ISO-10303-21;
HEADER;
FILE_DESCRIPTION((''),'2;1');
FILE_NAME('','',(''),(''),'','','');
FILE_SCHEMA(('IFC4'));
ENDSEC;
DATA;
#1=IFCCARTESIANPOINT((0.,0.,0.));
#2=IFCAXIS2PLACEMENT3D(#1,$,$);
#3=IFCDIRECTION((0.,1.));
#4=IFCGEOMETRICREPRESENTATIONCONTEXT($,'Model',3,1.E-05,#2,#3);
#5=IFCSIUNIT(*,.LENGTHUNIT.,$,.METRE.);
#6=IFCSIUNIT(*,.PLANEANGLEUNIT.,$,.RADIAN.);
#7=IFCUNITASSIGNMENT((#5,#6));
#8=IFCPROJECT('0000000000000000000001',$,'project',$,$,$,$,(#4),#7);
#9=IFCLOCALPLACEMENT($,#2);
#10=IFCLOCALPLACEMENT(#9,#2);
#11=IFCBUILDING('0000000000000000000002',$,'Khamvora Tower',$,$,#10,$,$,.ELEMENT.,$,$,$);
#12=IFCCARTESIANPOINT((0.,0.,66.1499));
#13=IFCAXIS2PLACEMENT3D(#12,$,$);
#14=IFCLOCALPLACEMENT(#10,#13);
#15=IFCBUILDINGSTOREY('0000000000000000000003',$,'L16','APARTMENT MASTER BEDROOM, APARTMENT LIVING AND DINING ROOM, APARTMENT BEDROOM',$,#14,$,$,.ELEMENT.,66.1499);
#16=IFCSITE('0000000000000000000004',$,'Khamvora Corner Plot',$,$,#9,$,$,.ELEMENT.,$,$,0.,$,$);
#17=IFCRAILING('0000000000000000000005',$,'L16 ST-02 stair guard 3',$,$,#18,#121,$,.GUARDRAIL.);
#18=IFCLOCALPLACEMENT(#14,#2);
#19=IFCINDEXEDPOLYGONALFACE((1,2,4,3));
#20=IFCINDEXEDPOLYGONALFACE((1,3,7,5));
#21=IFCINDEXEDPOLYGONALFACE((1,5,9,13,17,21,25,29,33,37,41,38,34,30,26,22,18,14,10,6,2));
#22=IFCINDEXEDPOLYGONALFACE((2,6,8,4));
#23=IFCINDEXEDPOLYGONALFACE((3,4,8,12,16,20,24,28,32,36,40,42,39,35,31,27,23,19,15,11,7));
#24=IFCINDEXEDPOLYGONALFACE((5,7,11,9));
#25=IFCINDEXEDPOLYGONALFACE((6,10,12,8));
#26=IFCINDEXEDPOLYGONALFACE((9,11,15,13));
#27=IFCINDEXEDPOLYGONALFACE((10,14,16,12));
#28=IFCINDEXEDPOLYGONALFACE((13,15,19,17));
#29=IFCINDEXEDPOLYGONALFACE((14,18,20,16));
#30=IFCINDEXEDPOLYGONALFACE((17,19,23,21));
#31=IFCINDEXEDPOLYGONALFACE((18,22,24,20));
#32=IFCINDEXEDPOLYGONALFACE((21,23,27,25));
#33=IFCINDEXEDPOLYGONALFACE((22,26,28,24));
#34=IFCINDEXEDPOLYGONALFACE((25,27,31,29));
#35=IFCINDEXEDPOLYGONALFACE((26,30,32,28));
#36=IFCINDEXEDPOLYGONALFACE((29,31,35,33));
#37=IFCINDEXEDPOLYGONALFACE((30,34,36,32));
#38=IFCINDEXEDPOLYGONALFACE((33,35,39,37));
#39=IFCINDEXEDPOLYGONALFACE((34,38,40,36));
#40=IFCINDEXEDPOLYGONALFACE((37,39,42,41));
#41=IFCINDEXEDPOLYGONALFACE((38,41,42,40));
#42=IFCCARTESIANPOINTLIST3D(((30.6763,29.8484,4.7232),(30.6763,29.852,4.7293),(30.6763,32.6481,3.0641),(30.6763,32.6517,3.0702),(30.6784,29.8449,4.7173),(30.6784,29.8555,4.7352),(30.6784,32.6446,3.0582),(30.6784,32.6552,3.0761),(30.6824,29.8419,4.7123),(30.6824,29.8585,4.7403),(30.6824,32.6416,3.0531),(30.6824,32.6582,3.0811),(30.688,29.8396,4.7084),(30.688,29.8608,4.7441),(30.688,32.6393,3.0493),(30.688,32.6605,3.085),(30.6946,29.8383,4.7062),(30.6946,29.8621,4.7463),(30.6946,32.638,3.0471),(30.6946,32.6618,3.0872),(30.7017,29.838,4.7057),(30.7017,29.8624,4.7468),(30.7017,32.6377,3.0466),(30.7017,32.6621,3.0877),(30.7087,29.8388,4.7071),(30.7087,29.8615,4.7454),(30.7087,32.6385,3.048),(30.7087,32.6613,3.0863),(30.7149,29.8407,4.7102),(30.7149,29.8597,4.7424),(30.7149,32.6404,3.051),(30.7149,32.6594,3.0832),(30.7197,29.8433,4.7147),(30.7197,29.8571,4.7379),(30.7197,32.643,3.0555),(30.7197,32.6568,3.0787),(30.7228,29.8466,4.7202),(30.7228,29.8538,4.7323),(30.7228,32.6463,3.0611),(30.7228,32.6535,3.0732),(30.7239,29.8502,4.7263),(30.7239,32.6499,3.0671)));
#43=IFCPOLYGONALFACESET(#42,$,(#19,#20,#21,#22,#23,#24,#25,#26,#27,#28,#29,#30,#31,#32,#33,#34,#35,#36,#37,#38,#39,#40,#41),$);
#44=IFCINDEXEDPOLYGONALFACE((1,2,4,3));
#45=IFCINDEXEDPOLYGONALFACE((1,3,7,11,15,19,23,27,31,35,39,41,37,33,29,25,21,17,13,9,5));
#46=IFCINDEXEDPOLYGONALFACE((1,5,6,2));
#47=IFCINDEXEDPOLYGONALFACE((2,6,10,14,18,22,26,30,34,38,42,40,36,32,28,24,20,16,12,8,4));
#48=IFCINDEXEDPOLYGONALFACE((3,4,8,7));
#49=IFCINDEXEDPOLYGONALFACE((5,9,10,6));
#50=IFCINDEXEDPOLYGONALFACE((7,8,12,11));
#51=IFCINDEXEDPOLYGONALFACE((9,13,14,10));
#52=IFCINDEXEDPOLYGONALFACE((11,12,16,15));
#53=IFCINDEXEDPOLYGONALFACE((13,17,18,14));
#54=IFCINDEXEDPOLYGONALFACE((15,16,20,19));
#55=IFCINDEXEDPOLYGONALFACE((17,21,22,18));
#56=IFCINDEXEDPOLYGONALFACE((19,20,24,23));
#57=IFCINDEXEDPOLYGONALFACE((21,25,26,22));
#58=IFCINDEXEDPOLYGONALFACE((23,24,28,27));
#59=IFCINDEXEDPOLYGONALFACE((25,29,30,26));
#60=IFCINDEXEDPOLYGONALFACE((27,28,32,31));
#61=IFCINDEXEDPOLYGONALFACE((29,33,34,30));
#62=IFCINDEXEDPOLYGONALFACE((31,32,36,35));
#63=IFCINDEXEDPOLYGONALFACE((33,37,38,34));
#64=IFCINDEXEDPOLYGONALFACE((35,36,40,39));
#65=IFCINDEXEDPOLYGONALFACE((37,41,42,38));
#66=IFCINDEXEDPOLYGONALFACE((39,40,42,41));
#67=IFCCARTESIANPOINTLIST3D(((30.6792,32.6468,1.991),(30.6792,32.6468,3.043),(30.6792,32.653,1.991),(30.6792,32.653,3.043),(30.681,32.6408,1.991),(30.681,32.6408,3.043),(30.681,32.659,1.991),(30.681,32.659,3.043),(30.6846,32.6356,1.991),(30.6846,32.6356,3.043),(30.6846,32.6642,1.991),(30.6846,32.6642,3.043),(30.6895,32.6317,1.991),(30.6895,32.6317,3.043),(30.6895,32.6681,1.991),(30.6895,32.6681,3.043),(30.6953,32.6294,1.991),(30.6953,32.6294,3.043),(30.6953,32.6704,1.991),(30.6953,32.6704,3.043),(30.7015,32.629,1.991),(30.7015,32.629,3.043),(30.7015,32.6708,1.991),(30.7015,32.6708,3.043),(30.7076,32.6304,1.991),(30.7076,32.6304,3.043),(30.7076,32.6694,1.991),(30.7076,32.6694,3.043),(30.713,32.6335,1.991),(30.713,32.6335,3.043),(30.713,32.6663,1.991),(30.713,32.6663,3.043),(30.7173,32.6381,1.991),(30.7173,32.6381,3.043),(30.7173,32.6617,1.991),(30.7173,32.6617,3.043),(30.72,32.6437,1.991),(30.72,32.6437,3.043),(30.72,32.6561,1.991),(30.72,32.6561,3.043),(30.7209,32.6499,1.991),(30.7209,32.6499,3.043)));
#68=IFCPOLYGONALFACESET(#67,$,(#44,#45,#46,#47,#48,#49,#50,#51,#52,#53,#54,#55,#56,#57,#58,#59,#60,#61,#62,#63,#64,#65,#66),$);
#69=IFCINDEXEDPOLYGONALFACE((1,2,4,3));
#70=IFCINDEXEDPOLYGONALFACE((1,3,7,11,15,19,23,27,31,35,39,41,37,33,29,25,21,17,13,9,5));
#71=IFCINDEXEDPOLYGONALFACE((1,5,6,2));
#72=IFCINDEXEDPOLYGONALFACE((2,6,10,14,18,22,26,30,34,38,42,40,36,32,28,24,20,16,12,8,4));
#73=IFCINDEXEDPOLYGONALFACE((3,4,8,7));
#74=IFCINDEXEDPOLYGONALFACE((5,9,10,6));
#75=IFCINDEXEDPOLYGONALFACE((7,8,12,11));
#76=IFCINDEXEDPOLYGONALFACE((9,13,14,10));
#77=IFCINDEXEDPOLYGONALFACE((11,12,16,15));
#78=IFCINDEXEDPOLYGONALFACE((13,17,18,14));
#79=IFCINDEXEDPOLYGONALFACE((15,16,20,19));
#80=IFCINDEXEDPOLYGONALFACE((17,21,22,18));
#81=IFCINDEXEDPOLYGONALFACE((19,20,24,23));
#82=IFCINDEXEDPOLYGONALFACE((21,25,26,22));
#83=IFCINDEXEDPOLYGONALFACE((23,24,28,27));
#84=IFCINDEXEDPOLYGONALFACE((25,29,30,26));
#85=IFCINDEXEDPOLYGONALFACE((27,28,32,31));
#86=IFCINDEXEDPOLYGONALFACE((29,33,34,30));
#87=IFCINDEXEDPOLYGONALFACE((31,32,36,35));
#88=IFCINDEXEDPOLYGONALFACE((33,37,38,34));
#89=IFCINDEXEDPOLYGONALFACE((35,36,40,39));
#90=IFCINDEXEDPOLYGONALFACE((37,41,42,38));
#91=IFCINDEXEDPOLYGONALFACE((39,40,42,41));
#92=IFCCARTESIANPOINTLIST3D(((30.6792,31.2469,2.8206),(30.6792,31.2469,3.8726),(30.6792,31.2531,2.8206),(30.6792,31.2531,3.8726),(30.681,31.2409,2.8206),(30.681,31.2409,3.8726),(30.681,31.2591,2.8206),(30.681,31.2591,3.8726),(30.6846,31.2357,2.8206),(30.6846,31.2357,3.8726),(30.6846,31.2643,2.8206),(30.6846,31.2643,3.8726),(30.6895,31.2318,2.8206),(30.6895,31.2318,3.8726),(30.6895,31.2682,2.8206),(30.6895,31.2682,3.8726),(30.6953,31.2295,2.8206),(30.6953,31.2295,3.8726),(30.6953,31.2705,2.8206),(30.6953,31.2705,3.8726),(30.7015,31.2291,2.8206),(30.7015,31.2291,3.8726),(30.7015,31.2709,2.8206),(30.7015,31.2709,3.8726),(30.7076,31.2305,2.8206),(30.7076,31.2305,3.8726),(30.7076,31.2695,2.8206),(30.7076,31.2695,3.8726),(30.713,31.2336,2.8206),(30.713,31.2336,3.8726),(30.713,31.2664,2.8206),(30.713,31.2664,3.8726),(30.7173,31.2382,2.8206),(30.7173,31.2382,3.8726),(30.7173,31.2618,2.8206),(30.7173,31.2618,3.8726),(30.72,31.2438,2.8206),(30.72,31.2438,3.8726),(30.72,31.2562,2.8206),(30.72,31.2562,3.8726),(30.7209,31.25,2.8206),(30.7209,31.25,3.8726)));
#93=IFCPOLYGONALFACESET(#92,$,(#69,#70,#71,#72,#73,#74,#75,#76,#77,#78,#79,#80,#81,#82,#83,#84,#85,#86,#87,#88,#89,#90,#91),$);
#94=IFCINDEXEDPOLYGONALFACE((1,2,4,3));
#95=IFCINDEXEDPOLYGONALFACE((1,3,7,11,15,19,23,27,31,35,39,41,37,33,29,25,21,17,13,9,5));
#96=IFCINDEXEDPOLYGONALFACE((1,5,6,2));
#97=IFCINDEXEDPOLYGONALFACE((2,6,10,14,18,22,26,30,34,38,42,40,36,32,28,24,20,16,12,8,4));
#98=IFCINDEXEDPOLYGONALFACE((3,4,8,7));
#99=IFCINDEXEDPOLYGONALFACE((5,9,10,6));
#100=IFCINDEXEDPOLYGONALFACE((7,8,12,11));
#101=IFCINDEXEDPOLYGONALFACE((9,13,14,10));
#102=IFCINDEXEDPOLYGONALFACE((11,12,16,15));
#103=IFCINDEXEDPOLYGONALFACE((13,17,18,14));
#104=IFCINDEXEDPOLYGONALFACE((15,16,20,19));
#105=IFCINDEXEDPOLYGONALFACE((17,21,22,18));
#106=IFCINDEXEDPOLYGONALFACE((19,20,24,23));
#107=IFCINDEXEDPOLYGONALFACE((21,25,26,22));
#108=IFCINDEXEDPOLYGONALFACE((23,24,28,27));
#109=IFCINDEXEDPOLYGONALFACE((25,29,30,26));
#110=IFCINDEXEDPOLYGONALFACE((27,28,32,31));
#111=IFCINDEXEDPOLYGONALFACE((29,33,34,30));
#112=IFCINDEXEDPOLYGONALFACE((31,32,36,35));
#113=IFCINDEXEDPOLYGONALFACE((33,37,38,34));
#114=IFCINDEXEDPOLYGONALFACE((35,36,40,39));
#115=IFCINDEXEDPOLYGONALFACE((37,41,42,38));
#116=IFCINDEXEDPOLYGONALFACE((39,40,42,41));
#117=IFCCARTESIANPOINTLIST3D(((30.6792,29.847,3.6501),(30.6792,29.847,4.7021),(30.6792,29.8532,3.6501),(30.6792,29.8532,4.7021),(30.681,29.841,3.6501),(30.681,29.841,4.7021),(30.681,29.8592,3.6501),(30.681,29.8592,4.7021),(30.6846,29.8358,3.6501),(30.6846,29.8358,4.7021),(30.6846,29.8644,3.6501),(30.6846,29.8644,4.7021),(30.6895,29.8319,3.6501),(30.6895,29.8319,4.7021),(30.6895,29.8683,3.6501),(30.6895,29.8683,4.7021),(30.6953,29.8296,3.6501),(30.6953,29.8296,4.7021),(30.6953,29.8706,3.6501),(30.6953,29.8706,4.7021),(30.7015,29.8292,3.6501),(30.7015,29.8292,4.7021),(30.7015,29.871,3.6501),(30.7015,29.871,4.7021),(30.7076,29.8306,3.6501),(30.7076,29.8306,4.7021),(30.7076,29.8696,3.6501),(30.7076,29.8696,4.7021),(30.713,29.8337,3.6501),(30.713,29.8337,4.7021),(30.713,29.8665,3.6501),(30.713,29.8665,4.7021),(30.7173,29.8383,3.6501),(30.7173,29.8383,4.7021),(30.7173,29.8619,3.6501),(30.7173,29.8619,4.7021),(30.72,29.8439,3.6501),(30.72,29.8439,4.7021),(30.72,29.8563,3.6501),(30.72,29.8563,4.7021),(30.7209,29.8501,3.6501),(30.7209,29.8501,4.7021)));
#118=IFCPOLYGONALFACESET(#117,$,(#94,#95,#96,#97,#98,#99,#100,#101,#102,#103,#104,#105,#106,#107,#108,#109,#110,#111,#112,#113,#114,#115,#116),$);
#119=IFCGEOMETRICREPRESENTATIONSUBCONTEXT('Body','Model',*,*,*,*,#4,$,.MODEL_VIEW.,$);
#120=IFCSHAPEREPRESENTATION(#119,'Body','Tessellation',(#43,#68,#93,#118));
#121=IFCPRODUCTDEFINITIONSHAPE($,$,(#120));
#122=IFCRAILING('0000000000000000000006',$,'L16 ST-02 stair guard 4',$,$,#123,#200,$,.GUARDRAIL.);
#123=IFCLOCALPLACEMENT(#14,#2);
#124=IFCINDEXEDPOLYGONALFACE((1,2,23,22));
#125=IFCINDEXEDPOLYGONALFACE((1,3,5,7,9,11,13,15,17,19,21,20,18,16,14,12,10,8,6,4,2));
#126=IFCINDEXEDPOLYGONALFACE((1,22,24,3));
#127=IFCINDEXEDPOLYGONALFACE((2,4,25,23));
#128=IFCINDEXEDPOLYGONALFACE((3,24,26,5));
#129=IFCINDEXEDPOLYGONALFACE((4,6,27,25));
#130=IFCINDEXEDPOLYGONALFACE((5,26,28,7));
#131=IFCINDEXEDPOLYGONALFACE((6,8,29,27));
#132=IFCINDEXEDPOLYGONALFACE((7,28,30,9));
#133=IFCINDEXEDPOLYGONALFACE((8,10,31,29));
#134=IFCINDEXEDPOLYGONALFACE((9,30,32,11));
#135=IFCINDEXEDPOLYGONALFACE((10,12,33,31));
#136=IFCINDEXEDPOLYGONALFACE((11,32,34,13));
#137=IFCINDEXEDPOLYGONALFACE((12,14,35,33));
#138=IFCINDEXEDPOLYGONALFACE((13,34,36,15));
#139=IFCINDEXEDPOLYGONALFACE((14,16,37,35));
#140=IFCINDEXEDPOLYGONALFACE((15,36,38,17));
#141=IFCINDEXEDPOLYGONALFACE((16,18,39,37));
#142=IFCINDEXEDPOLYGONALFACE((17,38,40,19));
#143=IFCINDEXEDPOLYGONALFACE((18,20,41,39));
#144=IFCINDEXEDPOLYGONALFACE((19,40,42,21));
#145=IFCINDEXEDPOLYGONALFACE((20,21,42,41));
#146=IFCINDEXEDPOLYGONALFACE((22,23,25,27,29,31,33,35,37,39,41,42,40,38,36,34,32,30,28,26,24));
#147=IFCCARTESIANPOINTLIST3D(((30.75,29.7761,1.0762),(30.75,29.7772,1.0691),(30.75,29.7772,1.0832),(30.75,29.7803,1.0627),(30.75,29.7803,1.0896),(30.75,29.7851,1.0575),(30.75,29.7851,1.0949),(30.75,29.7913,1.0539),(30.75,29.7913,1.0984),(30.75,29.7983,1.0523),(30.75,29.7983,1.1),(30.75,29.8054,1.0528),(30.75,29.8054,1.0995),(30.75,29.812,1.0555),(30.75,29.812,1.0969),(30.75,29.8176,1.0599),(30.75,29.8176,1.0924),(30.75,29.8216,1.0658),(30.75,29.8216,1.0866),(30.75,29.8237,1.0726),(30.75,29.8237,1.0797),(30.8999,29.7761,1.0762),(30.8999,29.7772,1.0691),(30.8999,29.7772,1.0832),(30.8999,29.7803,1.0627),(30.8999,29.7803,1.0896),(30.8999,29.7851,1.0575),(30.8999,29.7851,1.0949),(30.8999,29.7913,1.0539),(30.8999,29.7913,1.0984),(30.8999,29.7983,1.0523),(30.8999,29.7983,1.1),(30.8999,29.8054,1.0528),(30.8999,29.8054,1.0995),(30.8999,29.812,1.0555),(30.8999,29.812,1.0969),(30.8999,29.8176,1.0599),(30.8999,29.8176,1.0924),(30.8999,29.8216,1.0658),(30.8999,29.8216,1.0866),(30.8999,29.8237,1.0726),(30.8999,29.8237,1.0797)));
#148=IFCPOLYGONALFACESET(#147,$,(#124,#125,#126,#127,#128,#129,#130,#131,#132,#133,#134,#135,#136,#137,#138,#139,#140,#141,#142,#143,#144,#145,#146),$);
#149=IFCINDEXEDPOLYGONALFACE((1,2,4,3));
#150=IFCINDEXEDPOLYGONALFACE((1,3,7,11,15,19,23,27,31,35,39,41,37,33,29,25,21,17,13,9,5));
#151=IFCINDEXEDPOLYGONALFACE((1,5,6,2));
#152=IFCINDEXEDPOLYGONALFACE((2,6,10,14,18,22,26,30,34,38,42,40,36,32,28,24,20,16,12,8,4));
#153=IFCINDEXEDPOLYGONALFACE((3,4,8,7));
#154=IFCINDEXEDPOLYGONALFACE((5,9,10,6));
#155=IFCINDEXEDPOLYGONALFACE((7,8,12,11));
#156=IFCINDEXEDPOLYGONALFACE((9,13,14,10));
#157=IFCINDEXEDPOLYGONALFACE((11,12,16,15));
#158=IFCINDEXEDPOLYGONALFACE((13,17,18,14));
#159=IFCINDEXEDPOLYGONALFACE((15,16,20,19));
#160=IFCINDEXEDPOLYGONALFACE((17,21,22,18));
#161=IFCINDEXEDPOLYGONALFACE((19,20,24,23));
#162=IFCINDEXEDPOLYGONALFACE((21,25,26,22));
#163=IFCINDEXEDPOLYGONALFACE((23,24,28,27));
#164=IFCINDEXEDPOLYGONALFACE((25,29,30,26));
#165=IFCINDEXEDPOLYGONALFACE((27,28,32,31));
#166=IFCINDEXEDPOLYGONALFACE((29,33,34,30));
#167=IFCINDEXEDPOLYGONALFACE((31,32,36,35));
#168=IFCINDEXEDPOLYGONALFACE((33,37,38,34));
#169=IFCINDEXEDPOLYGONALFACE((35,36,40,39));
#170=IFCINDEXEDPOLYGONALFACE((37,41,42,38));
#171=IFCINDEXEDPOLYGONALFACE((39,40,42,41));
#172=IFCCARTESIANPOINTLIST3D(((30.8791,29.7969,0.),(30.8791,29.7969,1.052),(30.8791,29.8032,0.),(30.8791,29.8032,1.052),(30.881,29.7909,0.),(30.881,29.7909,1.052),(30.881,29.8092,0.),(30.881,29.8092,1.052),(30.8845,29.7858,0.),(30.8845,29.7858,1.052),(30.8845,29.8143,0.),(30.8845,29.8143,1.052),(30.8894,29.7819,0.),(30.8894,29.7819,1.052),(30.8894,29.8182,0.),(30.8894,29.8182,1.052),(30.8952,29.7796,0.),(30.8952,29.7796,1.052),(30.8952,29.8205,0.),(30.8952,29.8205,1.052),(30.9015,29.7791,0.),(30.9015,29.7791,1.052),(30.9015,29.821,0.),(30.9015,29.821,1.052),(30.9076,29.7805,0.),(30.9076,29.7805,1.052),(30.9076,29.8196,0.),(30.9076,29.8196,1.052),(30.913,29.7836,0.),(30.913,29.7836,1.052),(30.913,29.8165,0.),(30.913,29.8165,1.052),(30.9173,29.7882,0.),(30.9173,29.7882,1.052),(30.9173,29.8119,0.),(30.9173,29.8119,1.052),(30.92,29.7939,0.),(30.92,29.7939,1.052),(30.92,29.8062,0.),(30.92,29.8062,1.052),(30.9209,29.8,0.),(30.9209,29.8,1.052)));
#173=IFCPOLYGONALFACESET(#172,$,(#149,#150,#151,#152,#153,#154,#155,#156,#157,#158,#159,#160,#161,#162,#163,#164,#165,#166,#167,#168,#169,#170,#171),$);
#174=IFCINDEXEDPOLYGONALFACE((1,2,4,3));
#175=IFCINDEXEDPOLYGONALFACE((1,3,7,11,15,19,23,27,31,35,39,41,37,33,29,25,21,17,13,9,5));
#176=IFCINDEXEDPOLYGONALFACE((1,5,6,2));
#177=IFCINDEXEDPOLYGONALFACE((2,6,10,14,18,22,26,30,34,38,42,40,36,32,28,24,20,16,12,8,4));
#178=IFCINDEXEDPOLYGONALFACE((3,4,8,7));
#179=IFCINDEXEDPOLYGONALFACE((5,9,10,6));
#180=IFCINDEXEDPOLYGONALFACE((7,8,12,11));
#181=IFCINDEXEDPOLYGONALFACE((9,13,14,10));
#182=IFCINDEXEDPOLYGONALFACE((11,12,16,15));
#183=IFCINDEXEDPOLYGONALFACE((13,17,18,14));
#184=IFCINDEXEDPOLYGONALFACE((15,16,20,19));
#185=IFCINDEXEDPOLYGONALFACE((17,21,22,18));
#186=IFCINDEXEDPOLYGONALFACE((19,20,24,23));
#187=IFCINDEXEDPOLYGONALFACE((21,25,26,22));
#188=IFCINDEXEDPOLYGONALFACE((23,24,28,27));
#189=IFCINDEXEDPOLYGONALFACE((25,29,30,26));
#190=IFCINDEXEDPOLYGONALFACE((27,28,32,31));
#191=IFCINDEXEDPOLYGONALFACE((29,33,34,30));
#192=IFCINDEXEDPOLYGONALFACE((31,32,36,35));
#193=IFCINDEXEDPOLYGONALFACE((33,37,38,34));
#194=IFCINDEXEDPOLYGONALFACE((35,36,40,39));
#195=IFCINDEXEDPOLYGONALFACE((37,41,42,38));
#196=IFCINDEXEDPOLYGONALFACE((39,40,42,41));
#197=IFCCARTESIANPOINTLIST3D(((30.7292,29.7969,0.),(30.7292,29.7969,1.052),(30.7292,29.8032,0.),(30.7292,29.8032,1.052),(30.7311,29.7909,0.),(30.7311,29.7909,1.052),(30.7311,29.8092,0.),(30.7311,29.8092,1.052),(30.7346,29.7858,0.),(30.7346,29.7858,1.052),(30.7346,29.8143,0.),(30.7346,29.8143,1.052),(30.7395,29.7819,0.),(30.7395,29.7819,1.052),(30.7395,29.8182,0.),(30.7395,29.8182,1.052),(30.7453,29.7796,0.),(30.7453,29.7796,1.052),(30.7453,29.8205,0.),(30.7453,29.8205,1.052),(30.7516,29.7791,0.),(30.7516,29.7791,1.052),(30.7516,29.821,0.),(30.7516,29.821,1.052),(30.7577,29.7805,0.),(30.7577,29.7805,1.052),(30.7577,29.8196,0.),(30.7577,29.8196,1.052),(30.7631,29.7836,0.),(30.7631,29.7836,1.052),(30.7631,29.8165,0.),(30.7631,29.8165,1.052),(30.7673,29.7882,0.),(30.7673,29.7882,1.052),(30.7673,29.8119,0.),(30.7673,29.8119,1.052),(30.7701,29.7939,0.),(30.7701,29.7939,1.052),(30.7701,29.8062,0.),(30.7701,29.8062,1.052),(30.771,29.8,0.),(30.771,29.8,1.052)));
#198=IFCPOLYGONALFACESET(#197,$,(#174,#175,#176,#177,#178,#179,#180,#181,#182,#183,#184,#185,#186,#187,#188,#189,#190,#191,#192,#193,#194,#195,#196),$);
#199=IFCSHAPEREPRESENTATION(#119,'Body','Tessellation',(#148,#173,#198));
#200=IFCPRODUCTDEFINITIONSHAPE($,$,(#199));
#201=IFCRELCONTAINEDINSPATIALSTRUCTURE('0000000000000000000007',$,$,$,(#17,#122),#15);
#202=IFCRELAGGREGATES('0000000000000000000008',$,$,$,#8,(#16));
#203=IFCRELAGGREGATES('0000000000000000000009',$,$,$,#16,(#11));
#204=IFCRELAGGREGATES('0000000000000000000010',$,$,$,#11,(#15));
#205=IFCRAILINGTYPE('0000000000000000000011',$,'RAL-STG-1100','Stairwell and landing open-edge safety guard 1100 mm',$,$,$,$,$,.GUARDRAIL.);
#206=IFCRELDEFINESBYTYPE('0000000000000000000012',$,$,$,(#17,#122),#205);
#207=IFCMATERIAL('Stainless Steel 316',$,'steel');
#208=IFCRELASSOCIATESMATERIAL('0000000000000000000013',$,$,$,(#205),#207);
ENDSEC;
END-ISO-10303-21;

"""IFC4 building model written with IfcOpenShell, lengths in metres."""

from ifc_helpers import new_model, si_unit, direction, frame, origin, origin_2d, place, context, subcontext, project, spatial, circle, extrude, material, type_object, element, save


model = new_model("IFC4")

# Units and contexts
model_context = context("Model", 3, precision=1e-05, world=origin(), true_north=direction((0.0, 1.0)))
body_context = subcontext(model_context, "Body", "Model", "MODEL_VIEW")
ifc_project = project(units=[si_unit("LENGTHUNIT", "METRE"), si_unit("PLANEANGLEUNIT", "RADIAN")], contexts=[model_context])

# Site, building, storey
site_placement = place(None, origin())
site = spatial("IfcSite", under=ifc_project, at=site_placement, Name="Khamvora Corner Plot", CompositionType="ELEMENT", RefElevation=0.0)
building_placement = place(site_placement, origin())
building = spatial("IfcBuilding", under=site, at=building_placement, Name="Khamvora Tower", CompositionType="ELEMENT")
storey_placement = place(building_placement, frame((0.0, 0.0, 66.1499)))
storey = spatial("IfcBuildingStorey", under=building, at=storey_placement, Name="L16", Description="APARTMENT MASTER BEDROOM, APARTMENT LIVING AND DINING ROOM, APARTMENT BEDROOM", CompositionType="ELEMENT", Elevation=66.1499)

# Railings
ifc_material_1 = material(Name="Stainless Steel 316", Category="steel")
railing_type_1 = type_object("IfcRailingType", Name="RAL-STG-1100", Description="Stairwell and landing open-edge safety guard 1100 mm", PredefinedType="GUARDRAIL", material=ifc_material_1)
railing_1_placement = place(storey_placement, frame((30.7, 32.6499, 1.991)))
element("IfcRailing", 1, at=railing_1_placement, inside=storey, type_object=railing_type_1, Name="L16 ST-02 stair guard 3", PredefinedType="GUARDRAIL", context=body_context, shape_type="SweptSolid", body=[
    extrude(circle(Radius=0.0239, at=origin_2d()), frame((0.0, 0.0, 1.0762), z_axis=(0.0, -0.860287, 0.509811), x_axis=(1.0, 0.0, 0.0)), (0.0, 0.0, 1.0), 3.2544),
    extrude(circle(Radius=0.021, at=origin_2d()), origin(), (0.0, 0.0, 1.0), 1.052),
    extrude(circle(Radius=0.021, at=origin_2d()), frame((0.0, -1.3999, 0.8296)), (0.0, 0.0, 1.0), 1.052),
    extrude(circle(Radius=0.021, at=origin_2d()), frame((0.0, -2.7998, 1.6592)), (0.0, 0.0, 1.0), 1.052),
])
railing_2_placement = place(storey_placement, frame((30.8999, 29.8, 0.0)))
element("IfcRailing", 2, at=railing_2_placement, inside=storey, type_object=railing_type_1, Name="L16 ST-02 stair guard 4", PredefinedType="GUARDRAIL", context=body_context, shape_type="SweptSolid", body=[
    extrude(circle(Radius=0.0239, at=origin_2d()), frame((0.0, 0.0, 1.0762), z_axis=(-1.0, 0.0, 0.0), x_axis=(0.0, -1.0, 0.0)), (0.0, 0.0, 1.0), 0.1499),
    extrude(circle(Radius=0.021, at=origin_2d()), origin(), (0.0, 0.0, 1.0), 1.052),
    extrude(circle(Radius=0.021, at=origin_2d()), frame((-0.1499, 0.0, 0.0)), (0.0, 0.0, 1.0), 1.052),
])

save(model, "model.ifc")
